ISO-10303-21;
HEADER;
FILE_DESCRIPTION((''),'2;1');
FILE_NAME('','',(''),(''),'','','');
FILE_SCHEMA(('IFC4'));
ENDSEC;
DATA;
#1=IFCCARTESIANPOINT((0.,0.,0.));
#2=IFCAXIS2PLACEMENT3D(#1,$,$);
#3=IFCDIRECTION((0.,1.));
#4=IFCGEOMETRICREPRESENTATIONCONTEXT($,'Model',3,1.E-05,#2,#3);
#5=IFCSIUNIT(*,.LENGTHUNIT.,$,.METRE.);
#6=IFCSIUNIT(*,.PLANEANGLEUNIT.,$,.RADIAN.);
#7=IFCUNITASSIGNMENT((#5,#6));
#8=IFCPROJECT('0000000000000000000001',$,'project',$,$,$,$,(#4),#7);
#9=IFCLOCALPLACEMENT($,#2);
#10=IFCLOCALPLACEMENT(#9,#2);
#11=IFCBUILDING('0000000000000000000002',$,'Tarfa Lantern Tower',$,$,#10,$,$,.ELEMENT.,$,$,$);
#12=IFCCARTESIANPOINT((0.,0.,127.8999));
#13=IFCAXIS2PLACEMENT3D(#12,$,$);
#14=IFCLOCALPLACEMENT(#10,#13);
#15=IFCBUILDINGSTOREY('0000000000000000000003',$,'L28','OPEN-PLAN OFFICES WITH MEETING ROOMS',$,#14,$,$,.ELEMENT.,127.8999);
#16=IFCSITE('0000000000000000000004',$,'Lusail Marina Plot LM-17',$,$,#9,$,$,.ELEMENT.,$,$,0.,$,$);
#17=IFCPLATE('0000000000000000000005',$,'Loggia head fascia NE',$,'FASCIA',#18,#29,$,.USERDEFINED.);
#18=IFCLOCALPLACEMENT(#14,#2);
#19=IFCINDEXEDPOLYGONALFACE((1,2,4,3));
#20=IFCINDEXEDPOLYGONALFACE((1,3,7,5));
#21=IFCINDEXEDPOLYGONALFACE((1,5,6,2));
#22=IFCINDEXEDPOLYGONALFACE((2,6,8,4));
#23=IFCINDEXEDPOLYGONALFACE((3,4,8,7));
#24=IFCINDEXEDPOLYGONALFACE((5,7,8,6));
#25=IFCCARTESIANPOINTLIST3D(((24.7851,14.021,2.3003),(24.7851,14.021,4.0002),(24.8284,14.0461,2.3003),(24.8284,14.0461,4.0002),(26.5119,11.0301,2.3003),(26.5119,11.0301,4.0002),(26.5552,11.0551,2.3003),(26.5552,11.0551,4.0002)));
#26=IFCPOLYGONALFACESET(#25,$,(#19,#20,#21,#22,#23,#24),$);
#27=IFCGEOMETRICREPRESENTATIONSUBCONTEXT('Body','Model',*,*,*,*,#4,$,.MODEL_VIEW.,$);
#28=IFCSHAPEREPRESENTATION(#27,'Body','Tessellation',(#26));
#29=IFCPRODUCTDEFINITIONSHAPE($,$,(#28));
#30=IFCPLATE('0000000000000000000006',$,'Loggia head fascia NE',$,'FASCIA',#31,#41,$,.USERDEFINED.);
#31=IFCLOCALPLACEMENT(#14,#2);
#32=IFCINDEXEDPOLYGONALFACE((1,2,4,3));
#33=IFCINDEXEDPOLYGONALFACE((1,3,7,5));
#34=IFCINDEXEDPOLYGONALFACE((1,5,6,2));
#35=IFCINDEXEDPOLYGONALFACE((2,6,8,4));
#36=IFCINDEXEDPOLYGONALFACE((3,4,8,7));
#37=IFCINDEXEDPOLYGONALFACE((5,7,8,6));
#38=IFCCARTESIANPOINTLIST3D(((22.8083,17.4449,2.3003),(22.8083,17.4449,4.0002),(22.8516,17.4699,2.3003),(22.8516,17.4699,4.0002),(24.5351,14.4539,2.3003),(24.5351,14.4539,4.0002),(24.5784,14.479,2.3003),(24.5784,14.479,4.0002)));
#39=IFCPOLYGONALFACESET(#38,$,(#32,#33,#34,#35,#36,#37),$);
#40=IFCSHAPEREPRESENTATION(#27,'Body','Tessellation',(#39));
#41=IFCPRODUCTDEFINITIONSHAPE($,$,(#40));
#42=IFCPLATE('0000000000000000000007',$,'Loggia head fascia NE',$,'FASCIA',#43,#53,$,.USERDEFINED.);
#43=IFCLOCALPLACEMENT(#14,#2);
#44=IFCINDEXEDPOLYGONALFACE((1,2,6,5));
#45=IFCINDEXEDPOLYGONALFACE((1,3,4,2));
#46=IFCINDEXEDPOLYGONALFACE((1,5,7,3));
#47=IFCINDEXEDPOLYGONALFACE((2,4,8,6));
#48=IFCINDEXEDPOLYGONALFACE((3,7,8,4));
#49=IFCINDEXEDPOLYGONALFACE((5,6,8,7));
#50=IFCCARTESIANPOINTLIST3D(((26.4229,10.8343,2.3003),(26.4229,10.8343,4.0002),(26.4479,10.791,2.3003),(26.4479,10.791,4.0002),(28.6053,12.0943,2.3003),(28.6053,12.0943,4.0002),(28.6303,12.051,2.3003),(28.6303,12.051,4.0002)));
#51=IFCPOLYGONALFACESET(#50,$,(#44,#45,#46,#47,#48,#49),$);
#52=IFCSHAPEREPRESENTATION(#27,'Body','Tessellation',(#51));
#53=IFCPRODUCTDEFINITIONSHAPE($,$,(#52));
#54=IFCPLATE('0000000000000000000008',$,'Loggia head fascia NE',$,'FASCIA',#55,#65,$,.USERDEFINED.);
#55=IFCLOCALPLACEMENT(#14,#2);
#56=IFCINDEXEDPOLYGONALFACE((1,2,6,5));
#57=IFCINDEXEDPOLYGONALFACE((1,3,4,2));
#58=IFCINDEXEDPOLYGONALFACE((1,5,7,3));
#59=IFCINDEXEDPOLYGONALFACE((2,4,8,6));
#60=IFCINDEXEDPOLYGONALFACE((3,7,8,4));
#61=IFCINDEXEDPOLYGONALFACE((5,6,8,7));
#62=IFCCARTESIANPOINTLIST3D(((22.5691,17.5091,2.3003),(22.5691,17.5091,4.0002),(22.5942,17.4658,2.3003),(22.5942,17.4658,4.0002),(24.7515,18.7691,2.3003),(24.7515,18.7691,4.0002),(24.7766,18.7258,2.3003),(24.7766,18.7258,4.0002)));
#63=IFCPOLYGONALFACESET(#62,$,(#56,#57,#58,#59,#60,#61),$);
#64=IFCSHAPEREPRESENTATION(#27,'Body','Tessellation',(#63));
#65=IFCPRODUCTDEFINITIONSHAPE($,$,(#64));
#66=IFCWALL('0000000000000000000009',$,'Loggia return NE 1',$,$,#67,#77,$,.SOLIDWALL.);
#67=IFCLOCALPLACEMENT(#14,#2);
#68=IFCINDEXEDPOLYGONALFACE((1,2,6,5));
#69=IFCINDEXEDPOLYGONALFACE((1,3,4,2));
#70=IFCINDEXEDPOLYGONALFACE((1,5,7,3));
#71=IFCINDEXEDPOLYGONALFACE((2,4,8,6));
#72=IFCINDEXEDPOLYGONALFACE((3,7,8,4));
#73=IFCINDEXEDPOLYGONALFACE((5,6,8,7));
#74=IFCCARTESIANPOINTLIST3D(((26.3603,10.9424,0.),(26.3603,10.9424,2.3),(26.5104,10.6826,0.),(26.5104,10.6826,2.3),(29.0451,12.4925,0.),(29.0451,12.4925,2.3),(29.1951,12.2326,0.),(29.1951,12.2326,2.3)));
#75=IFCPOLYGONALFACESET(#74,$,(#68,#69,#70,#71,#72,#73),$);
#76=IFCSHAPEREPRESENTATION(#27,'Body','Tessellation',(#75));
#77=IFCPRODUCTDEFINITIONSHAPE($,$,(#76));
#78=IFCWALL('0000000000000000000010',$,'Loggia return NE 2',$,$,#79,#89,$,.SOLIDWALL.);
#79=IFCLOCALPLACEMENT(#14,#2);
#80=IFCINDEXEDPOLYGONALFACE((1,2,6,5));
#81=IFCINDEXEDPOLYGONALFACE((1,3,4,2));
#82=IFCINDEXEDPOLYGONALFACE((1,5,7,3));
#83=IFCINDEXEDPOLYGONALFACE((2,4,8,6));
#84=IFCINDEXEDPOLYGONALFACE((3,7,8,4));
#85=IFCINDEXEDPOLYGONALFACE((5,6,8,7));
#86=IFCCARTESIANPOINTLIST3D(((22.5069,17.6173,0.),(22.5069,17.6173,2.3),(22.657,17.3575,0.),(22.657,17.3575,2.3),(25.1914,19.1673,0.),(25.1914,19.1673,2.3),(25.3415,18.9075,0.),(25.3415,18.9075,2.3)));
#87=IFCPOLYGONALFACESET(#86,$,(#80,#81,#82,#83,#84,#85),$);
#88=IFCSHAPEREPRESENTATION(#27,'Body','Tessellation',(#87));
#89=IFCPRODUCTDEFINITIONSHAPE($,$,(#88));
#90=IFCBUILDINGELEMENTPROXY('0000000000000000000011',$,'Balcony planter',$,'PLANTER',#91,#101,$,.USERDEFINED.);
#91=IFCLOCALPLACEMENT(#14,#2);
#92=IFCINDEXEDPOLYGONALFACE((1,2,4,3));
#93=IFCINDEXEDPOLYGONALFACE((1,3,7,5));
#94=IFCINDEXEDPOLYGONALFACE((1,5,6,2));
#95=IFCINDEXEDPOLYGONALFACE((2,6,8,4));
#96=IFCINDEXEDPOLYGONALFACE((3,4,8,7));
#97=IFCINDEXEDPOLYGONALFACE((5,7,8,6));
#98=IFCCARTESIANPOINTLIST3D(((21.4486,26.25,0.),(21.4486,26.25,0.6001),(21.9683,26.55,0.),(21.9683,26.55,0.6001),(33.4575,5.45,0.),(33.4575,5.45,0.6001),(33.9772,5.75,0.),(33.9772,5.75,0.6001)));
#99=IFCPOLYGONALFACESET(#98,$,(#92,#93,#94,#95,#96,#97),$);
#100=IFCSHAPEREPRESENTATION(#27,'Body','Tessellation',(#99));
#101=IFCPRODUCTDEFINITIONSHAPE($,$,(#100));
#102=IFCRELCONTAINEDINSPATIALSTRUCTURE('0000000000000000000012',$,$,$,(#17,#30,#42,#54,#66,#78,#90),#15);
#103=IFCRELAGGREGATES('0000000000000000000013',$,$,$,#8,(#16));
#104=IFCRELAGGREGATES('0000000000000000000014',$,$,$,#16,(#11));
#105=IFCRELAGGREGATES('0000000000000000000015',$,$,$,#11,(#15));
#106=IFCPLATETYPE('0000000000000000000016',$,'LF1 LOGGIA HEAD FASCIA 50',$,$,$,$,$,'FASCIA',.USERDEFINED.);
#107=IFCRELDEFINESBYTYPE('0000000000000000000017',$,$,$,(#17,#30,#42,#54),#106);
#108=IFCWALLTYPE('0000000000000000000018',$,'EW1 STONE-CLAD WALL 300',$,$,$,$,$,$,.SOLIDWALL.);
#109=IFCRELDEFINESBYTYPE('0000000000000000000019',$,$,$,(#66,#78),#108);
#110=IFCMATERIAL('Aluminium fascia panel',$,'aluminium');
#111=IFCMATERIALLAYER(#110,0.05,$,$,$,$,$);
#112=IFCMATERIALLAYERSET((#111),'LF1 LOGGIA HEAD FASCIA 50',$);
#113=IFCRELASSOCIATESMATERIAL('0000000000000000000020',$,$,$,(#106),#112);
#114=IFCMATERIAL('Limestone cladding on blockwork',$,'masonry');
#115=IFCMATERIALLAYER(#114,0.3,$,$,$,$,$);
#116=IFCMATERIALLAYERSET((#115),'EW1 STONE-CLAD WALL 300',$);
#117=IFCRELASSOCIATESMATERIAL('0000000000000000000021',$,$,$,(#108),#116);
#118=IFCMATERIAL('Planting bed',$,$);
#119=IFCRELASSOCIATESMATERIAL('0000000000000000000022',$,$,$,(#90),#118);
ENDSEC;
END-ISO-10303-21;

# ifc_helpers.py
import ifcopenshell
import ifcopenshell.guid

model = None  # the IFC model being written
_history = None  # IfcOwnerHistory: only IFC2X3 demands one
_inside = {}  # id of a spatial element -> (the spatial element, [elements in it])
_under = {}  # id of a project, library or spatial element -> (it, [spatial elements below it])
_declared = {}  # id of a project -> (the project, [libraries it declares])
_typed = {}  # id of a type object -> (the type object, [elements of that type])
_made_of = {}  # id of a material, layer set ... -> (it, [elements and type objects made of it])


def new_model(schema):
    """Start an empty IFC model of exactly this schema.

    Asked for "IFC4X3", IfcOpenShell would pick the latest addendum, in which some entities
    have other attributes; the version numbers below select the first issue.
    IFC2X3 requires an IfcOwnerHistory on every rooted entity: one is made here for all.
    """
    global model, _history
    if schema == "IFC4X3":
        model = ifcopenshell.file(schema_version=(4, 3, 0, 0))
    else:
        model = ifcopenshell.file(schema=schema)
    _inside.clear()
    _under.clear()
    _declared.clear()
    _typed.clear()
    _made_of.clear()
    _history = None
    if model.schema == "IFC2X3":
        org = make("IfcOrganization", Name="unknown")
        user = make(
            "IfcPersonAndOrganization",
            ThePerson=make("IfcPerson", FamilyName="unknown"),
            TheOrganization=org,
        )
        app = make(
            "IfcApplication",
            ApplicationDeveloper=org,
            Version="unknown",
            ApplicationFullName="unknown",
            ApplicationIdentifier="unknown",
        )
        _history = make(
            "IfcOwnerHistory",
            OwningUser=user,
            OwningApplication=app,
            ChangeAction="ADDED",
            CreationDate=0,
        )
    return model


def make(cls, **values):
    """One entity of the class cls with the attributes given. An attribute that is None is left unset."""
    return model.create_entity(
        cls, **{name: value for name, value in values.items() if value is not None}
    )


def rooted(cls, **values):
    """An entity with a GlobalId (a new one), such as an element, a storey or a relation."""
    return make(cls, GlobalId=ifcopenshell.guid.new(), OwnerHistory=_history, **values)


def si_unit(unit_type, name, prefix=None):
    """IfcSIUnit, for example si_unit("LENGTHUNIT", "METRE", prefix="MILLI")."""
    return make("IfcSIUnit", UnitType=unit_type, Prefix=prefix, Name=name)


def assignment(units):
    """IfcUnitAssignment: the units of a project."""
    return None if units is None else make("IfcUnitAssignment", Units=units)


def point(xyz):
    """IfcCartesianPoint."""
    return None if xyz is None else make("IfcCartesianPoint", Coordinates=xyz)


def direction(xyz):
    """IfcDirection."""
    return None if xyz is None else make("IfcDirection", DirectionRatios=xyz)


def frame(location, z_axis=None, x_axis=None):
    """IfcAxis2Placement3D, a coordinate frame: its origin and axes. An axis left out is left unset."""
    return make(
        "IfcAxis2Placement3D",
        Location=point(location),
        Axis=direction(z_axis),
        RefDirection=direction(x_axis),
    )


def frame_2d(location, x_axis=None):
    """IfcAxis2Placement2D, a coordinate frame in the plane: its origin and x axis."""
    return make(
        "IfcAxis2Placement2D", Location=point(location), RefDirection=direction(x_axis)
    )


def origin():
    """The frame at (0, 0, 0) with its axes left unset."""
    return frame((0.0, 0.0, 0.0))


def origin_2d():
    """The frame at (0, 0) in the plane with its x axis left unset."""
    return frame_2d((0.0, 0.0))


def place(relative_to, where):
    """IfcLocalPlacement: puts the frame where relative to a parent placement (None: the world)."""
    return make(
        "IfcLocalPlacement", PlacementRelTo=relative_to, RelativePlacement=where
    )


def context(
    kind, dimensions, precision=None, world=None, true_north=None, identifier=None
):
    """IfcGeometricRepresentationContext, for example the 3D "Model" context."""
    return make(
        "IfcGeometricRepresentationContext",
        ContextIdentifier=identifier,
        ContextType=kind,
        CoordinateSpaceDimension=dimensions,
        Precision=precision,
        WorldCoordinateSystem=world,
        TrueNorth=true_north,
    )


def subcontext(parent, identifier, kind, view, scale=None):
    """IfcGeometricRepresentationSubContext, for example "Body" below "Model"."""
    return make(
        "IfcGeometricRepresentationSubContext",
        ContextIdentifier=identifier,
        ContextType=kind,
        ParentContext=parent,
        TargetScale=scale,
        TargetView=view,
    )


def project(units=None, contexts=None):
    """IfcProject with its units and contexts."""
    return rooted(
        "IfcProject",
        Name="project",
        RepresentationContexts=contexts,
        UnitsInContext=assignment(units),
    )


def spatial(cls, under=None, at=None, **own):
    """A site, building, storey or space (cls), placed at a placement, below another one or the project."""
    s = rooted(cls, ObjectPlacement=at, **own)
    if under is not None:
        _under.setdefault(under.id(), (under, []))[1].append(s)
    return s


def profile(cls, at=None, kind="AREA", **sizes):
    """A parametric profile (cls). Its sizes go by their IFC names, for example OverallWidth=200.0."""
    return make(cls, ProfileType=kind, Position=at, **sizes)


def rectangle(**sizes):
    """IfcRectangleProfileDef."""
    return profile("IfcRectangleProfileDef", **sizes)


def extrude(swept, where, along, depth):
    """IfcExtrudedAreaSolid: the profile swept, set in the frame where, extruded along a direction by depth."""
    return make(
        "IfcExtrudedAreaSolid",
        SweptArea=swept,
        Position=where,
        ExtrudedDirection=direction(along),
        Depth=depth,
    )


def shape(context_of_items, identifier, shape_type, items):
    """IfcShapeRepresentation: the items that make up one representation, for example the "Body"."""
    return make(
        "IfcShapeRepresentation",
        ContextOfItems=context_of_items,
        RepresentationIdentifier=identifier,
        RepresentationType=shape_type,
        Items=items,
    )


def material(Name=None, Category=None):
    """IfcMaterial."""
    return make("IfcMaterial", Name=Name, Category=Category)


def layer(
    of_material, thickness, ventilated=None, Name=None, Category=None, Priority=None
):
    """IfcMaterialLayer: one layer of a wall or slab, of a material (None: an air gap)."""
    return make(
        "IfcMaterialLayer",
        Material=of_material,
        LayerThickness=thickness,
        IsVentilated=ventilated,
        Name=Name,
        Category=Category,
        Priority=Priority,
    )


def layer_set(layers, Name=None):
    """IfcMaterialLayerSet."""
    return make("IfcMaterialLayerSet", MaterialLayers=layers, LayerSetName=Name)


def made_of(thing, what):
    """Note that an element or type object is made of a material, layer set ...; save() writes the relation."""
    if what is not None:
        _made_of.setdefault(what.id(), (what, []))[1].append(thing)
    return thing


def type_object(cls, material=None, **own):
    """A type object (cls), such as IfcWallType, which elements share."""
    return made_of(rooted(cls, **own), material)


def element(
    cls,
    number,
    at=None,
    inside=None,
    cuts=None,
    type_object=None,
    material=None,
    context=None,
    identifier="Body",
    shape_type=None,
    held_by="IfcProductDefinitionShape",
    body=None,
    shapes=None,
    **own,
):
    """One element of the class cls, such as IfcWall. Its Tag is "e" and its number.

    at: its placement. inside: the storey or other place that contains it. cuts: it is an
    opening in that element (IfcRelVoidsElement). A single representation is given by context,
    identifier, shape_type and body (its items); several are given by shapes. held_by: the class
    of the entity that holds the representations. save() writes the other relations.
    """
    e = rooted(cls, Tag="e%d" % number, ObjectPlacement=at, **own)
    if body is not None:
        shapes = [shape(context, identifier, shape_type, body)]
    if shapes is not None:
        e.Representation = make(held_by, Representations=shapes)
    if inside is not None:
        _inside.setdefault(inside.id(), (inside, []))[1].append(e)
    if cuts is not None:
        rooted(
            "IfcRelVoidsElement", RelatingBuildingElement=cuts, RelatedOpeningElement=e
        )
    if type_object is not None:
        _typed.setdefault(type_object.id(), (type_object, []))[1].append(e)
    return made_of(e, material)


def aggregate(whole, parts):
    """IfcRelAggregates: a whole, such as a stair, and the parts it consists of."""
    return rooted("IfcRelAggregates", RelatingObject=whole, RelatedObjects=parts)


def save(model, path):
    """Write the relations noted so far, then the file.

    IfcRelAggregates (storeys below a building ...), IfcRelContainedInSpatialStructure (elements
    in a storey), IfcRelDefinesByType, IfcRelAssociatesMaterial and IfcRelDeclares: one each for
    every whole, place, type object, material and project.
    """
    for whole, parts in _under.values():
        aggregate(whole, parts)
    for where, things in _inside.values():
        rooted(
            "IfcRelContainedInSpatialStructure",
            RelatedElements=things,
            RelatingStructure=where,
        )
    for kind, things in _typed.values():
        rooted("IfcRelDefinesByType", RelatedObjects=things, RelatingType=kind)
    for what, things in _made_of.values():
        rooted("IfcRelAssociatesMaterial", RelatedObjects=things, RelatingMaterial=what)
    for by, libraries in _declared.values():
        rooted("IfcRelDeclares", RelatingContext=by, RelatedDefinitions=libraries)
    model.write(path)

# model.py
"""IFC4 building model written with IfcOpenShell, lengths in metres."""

from ifc_helpers import new_model, si_unit, direction, frame, frame_2d, origin, origin_2d, place, context, subcontext, project, spatial, rectangle, extrude, material, layer, layer_set, type_object, element, save


model = new_model("IFC4")

# Units and contexts
model_context = context("Model", 3, precision=1e-05, world=origin(), true_north=direction((0.0, 1.0)))
body_context = subcontext(model_context, "Body", "Model", "MODEL_VIEW")
ifc_project = project(units=[si_unit("LENGTHUNIT", "METRE"), si_unit("PLANEANGLEUNIT", "RADIAN")], contexts=[model_context])

# Site, building, storey
site_placement = place(None, origin())
site = spatial("IfcSite", under=ifc_project, at=site_placement, Name="Lusail Marina Plot LM-17", CompositionType="ELEMENT", RefElevation=0.0)
building_placement = place(site_placement, origin())
building = spatial("IfcBuilding", under=site, at=building_placement, Name="Tarfa Lantern Tower", CompositionType="ELEMENT")
storey_placement = place(building_placement, frame((0.0, 0.0, 127.8999)))
storey = spatial("IfcBuildingStorey", under=building, at=storey_placement, Name="L28", Description="OPEN-PLAN OFFICES WITH MEETING ROOMS", CompositionType="ELEMENT", Elevation=127.8999)

# Plates
ifc_material_1 = material(Name="Aluminium fascia panel", Category="aluminium")
ifc_layer_1 = layer(ifc_material_1, 0.05)
ifc_layer_set_1 = layer_set([ifc_layer_1], Name="LF1 LOGGIA HEAD FASCIA 50")
plate_type_1 = type_object("IfcPlateType", Name="LF1 LOGGIA HEAD FASCIA 50", ElementType="FASCIA", PredefinedType="USERDEFINED", material=ifc_layer_set_1)
for number, where, z_axis, x_axis, name in (
    (1, (25.6702, 12.5381, 2.3003), (0.0, 0.0, 1.0), (-0.5, 0.866025, 0.0), "Loggia head fascia NE"),
    (2, (23.6934, 15.9619, 2.3003), (0.0, 0.0, 1.0), (-0.5, 0.866025, 0.0), "Loggia head fascia NE"),
):
    element("IfcPlate", number, at=place(storey_placement, frame(where, z_axis=z_axis, x_axis=x_axis)), inside=storey, type_object=plate_type_1, Name=name, ObjectType="FASCIA", PredefinedType="USERDEFINED", context=body_context, shape_type="SweptSolid", body=[
        extrude(rectangle(XDim=3.4536, YDim=0.05, at=origin_2d()), origin(), (0.0, 0.0, 1.0), 1.7),
    ])
for number, where, z_axis, x_axis, name in (
    (3, (27.5266, 11.4426, 2.3003), (0.0, 0.0, 1.0), (-0.866025, -0.5, 0.0), "Loggia head fascia NE"),
    (4, (23.6729, 18.1174, 2.3003), (0.0, 0.0, 1.0), (-0.866025, -0.5, 0.0), "Loggia head fascia NE"),
):
    element("IfcPlate", number, at=place(storey_placement, frame(where, z_axis=z_axis, x_axis=x_axis)), inside=storey, type_object=plate_type_1, Name=name, ObjectType="FASCIA", PredefinedType="USERDEFINED", context=body_context, shape_type="SweptSolid", body=[
        extrude(rectangle(XDim=2.52, YDim=0.05, at=origin_2d()), origin(), (0.0, 0.0, 1.0), 1.7),
    ])

# Walls
ifc_material_2 = material(Name="Limestone cladding on blockwork", Category="masonry")
ifc_layer_2 = layer(ifc_material_2, 0.3)
ifc_layer_set_2 = layer_set([ifc_layer_2], Name="EW1 STONE-CLAD WALL 300")
wall_type = type_object("IfcWallType", Name="EW1 STONE-CLAD WALL 300", PredefinedType="SOLIDWALL", material=ifc_layer_set_2)
wall_1_placement = place(storey_placement, frame((29.1201, 12.3625, 0.0), z_axis=(0.0, 0.0, 1.0), x_axis=(-0.86603, -0.499993, 0.0)))
element("IfcWall", 5, at=wall_1_placement, inside=storey, type_object=wall_type, Name="Loggia return NE 1", PredefinedType="SOLIDWALL", context=body_context, shape_type="SweptSolid", body=[
    extrude(rectangle(XDim=3.1001, YDim=0.3, at=frame_2d((1.55, 0.0))), origin(), (0.0, 0.0, 1.0), 2.3),
])
wall_2_placement = place(storey_placement, frame((25.2664, 19.0374, 0.0), z_axis=(0.0, 0.0, 1.0), x_axis=(-0.86601, -0.500027, 0.0)))
element("IfcWall", 6, at=wall_2_placement, inside=storey, type_object=wall_type, Name="Loggia return NE 2", PredefinedType="SOLIDWALL", context=body_context, shape_type="SweptSolid", body=[
    extrude(rectangle(XDim=3.0999, YDim=0.3, at=frame_2d((1.5498, 0.0))), origin(), (0.0, 0.0, 1.0), 2.3),
])

# Building element proxy
ifc_material_3 = material(Name="Planting bed")
proxy_placement = place(storey_placement, frame((27.7129, 16.0, 0.0), z_axis=(0.0, 0.0, 1.0), x_axis=(-0.5, 0.866025, 0.0)))
element("IfcBuildingElementProxy", 7, at=proxy_placement, inside=storey, material=ifc_material_3, Name="Balcony planter", ObjectType="PLANTER", PredefinedType="USERDEFINED", context=body_context, shape_type="SweptSolid", body=[
    extrude(rectangle(XDim=24.0178, YDim=0.6001, at=origin_2d()), origin(), (0.0, 0.0, 1.0), 0.6001),
])

save(model, "model.ifc")
